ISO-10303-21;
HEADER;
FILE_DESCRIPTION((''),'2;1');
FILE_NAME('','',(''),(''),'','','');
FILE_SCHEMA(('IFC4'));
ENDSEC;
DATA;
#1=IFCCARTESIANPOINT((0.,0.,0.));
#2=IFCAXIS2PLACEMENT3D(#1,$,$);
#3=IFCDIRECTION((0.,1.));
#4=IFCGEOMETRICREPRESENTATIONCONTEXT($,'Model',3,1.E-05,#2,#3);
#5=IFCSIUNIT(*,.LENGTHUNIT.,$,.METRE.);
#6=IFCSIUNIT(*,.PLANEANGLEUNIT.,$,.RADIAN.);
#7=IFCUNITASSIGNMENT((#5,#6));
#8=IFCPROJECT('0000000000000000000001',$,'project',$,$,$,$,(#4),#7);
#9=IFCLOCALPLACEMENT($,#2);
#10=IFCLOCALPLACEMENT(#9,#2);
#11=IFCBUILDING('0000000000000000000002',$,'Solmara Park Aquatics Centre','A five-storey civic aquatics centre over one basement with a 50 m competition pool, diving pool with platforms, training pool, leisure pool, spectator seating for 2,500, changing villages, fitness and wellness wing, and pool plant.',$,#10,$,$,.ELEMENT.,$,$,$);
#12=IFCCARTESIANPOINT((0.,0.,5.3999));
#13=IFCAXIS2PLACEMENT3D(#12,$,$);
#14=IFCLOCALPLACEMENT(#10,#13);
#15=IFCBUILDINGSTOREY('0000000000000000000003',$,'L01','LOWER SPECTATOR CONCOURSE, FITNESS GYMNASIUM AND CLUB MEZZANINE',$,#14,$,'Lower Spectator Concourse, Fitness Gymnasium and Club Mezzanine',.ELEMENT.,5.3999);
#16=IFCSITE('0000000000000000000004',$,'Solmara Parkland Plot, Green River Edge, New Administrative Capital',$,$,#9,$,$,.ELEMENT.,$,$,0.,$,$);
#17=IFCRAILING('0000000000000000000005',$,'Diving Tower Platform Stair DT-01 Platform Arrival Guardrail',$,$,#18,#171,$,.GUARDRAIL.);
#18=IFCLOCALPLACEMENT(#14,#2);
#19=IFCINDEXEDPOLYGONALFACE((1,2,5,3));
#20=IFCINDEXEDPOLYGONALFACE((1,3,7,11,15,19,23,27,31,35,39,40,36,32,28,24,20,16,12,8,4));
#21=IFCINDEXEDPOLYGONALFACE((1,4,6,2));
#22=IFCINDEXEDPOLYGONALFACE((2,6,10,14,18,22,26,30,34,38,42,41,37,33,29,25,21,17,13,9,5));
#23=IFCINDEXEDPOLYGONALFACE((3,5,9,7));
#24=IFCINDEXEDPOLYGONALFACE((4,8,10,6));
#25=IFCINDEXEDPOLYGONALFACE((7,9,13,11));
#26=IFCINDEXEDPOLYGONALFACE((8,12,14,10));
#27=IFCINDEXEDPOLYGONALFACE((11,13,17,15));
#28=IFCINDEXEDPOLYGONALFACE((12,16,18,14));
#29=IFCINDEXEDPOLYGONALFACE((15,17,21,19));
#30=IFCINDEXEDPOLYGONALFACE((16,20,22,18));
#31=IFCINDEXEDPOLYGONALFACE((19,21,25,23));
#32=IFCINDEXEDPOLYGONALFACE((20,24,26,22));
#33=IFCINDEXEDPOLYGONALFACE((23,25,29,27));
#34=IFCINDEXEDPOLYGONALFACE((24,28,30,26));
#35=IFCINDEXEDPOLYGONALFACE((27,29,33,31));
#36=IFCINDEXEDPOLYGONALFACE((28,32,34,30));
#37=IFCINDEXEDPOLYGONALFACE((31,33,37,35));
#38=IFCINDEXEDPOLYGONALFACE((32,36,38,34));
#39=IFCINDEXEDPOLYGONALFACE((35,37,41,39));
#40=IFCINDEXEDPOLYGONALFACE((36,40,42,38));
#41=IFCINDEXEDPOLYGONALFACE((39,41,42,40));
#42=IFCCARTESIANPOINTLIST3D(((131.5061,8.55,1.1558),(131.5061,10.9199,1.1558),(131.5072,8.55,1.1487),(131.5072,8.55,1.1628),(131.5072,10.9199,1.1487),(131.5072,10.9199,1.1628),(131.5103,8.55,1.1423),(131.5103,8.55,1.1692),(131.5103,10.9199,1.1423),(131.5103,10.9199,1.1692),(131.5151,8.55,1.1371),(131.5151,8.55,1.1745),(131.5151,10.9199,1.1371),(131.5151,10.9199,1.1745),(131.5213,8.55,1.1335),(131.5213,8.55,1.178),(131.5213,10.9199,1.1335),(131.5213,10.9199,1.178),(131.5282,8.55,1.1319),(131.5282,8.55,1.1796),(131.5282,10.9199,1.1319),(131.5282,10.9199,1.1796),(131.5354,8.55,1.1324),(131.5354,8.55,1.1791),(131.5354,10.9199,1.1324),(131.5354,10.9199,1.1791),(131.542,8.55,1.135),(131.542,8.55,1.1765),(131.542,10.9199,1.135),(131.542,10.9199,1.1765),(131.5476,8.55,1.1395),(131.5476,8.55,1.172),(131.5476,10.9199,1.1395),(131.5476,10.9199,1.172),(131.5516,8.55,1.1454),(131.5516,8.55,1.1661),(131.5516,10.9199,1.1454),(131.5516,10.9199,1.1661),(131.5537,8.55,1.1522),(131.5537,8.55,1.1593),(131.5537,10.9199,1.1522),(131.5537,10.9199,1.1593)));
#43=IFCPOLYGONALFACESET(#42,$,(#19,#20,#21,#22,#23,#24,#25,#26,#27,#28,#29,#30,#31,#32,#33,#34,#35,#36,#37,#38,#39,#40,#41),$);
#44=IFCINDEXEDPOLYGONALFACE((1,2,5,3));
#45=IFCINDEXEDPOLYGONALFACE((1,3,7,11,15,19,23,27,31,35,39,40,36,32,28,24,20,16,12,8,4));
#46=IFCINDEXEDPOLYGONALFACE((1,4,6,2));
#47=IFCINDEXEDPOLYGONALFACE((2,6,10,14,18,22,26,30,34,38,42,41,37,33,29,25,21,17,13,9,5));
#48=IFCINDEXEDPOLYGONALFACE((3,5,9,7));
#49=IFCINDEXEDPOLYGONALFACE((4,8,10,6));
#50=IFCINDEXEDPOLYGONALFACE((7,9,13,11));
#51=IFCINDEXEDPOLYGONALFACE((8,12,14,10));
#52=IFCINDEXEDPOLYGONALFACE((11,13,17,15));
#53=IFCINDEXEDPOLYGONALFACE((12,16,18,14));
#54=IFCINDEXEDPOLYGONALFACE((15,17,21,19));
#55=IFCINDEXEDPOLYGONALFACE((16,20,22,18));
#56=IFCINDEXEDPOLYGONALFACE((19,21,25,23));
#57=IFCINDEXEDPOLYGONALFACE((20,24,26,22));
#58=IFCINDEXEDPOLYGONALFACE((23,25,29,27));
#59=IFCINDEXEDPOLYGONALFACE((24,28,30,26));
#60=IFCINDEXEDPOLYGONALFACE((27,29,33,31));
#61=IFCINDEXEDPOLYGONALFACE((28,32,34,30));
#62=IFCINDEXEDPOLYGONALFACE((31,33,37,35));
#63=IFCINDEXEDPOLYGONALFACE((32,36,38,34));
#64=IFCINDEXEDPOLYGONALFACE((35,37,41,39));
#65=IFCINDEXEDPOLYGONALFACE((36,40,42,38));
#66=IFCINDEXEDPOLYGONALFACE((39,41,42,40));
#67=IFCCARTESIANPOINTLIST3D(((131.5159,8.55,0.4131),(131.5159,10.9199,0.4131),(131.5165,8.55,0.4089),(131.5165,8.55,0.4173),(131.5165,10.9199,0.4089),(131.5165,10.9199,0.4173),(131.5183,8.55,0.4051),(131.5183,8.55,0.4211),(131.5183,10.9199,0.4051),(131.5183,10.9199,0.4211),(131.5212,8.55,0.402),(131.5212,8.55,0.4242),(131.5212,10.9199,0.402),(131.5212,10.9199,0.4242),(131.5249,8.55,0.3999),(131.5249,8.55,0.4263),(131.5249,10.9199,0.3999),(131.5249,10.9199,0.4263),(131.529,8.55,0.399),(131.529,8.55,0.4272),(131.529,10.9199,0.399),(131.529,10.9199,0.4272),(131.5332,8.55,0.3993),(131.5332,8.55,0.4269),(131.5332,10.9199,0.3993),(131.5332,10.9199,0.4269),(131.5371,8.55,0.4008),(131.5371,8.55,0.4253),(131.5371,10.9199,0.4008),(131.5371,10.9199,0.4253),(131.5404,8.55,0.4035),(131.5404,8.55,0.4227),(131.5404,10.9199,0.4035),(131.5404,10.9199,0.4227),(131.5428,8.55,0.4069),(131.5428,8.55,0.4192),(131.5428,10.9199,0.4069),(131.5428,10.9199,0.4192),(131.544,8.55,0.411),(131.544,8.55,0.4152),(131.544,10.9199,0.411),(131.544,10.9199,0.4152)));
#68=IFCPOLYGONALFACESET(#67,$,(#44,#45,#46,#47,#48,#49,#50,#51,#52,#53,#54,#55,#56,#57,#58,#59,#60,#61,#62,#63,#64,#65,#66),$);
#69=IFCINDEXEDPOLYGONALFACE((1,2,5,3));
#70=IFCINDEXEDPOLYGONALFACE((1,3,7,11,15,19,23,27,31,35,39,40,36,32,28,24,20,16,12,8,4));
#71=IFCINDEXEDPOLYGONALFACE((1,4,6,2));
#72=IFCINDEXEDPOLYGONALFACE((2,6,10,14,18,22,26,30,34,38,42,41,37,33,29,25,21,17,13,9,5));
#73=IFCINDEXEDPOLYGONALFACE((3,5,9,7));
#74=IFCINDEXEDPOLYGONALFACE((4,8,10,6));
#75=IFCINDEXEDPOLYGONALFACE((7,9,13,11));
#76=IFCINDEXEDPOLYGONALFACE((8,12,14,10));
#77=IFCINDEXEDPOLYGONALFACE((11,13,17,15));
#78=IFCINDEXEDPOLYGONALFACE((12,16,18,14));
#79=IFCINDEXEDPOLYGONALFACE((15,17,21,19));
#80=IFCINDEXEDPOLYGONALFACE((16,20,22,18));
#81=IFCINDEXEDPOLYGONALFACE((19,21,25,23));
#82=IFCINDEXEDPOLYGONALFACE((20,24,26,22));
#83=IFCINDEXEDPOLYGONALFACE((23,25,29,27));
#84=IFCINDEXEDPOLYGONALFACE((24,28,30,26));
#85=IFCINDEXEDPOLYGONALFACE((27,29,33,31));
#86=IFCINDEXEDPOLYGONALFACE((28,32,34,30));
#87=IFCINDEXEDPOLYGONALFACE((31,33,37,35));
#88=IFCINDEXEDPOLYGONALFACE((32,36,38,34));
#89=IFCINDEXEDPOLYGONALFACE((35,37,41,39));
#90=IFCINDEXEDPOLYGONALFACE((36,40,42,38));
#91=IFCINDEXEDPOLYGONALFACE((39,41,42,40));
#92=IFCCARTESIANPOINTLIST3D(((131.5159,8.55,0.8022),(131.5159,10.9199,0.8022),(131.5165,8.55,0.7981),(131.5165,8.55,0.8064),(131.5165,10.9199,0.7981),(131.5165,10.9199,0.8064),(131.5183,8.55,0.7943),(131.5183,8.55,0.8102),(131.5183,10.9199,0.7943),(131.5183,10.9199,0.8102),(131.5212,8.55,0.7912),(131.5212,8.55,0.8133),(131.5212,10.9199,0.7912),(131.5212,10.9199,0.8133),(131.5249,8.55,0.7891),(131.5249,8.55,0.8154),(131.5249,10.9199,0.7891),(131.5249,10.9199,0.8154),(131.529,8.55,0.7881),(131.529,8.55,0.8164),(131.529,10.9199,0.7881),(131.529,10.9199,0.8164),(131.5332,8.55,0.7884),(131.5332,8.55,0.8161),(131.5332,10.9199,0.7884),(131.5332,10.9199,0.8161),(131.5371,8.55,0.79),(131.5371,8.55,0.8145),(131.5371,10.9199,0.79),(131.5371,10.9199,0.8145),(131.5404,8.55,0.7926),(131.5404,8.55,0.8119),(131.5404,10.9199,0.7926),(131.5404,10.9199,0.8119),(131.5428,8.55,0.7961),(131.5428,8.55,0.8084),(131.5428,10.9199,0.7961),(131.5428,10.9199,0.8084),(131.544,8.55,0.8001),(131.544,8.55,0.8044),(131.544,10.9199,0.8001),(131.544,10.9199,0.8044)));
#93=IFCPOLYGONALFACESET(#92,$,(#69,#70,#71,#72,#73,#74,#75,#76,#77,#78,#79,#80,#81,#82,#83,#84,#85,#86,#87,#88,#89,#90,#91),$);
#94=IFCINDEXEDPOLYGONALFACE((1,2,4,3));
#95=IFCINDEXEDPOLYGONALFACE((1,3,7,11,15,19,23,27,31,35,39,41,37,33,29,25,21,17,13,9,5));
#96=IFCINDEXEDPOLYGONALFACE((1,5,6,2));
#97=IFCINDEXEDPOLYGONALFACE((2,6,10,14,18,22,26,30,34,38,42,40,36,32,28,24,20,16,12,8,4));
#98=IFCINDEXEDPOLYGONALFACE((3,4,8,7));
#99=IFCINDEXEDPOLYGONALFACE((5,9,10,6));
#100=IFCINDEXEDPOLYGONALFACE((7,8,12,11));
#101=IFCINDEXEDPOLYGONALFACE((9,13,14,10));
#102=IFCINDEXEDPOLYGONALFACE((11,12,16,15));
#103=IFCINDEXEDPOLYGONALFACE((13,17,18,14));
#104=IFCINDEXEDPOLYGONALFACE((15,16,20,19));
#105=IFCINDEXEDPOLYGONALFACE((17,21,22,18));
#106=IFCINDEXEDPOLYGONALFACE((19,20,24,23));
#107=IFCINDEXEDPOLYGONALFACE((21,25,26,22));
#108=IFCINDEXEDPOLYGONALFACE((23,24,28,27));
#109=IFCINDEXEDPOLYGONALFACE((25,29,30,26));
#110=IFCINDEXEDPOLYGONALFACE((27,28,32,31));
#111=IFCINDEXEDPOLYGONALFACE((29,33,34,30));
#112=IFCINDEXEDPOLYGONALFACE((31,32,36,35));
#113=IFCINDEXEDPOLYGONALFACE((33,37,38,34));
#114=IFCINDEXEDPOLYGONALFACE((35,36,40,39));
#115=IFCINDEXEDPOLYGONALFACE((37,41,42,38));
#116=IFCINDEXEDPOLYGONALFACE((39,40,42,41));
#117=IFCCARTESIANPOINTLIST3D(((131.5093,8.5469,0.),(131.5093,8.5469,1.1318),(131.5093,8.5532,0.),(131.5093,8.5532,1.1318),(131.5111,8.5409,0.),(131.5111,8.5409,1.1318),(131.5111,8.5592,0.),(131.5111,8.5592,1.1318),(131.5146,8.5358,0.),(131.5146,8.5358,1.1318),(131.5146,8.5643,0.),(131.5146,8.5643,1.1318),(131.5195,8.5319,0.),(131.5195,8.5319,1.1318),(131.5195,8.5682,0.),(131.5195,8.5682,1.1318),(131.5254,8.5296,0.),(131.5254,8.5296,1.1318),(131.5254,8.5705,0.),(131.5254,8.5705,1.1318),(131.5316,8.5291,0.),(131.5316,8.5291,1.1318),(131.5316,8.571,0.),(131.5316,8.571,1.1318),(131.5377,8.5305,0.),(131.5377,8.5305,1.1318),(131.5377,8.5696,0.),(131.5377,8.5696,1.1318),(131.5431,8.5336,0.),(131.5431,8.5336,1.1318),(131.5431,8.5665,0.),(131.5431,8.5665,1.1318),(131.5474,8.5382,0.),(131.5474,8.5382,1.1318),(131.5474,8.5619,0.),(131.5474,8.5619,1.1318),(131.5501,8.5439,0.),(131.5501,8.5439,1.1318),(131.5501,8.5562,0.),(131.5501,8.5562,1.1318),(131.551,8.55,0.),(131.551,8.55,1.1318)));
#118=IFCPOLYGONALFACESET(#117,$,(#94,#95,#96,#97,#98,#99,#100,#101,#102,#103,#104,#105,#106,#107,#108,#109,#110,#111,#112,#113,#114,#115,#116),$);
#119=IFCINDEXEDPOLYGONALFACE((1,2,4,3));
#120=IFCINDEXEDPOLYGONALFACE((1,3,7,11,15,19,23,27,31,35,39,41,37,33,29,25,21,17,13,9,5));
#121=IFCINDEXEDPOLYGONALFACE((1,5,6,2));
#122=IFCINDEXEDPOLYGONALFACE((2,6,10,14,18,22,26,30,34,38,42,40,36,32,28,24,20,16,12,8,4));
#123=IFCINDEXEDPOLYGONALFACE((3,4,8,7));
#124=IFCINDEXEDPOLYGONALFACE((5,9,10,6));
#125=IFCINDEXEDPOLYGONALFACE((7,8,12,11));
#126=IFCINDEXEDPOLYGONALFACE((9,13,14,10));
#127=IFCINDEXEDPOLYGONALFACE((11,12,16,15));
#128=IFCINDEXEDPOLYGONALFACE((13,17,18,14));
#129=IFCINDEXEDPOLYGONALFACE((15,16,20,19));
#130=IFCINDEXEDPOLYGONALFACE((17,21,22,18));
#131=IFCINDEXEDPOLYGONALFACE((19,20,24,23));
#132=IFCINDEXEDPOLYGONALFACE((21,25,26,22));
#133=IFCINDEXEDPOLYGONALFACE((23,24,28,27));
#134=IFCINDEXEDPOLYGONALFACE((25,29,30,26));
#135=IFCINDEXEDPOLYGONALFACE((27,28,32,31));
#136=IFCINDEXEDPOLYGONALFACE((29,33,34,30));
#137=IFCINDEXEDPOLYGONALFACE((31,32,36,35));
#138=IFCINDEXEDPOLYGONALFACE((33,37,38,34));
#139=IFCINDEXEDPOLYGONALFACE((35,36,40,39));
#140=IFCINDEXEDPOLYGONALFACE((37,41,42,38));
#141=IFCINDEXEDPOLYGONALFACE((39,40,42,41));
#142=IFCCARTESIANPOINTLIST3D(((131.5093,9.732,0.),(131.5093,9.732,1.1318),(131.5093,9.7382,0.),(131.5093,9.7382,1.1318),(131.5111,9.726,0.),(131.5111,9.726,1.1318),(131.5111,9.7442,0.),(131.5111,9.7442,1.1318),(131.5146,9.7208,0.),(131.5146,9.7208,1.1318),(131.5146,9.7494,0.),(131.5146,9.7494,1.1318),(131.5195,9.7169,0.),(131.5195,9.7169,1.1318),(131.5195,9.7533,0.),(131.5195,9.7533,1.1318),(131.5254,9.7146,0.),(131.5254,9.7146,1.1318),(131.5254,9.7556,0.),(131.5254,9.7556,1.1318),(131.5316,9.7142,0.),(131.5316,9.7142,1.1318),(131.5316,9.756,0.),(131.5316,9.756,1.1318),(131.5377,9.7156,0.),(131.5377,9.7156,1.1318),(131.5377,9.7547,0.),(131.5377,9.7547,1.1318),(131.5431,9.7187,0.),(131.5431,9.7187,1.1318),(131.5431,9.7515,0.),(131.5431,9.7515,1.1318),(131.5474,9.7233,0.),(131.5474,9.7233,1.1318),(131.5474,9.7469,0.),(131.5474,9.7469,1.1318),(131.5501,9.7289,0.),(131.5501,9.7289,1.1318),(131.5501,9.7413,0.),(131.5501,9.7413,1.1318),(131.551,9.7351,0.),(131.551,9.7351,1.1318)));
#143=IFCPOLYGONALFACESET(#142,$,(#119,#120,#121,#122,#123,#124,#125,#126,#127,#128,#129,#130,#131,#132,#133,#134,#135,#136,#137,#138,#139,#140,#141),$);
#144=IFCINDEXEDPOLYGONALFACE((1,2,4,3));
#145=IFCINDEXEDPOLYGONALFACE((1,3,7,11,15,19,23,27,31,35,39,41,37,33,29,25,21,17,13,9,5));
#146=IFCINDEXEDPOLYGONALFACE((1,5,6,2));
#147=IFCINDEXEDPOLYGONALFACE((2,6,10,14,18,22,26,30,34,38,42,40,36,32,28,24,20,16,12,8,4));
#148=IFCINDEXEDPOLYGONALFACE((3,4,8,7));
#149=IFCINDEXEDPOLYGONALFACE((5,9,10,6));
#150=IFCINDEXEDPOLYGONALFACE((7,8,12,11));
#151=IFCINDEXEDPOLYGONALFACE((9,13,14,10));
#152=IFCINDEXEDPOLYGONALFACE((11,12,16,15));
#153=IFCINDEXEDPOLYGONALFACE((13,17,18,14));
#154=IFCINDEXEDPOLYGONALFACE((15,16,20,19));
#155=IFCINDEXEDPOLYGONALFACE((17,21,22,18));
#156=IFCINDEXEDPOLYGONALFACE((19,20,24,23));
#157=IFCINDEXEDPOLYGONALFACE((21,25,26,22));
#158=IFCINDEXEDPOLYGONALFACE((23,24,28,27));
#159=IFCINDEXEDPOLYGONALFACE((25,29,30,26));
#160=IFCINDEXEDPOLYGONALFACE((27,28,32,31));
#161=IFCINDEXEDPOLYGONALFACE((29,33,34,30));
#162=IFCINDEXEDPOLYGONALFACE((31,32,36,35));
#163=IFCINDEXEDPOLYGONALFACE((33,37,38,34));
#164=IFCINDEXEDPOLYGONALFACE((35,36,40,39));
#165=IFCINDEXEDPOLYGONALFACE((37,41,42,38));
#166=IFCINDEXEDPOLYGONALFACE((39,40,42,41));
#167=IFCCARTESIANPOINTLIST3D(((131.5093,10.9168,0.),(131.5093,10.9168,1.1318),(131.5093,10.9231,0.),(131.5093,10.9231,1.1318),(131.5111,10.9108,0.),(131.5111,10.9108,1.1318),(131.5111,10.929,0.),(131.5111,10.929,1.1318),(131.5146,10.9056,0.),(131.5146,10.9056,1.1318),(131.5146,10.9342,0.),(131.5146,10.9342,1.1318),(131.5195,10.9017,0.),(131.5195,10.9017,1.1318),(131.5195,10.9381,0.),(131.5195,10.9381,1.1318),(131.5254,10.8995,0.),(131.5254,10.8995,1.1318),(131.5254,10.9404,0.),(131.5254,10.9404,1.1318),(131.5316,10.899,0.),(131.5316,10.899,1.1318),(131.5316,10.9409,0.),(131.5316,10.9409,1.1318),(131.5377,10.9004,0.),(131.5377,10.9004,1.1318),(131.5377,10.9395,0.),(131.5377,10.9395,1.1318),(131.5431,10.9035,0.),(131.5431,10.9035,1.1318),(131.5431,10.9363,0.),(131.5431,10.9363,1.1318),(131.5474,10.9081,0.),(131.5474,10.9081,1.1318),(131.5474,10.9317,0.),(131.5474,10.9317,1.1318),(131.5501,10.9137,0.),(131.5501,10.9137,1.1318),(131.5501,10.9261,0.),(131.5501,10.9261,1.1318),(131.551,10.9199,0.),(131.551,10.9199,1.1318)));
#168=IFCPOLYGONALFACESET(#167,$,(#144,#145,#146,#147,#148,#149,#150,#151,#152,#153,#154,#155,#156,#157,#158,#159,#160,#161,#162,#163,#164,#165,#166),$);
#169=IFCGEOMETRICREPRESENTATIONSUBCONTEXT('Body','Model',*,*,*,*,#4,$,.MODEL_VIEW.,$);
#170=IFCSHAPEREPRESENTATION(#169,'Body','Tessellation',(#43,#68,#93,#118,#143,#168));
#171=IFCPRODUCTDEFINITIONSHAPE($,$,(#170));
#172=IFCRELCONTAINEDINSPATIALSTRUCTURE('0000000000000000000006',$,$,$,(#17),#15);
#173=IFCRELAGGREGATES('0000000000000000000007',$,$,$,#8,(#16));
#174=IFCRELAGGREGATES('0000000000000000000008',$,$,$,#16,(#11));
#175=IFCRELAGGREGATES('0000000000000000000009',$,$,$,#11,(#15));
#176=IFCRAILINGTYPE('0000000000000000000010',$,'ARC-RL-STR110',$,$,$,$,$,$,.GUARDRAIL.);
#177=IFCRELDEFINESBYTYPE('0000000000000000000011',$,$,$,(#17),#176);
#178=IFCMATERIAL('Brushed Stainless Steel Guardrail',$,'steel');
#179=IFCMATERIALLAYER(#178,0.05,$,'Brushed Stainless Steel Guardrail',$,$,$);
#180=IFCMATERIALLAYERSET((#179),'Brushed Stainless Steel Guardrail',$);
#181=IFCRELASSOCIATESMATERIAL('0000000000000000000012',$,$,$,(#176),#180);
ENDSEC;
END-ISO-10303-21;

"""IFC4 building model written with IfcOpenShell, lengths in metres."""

from ifc_helpers import new_model, si_unit, direction, frame, origin, origin_2d, place, context, subcontext, project, spatial, circle, extrude, material, layer, layer_set, type_object, element, save


model = new_model("IFC4")

# Units and contexts
model_context = context("Model", 3, precision=1e-05, world=origin(), true_north=direction((0.0, 1.0)))
body_context = subcontext(model_context, "Body", "Model", "MODEL_VIEW")
ifc_project = project(units=[si_unit("LENGTHUNIT", "METRE"), si_unit("PLANEANGLEUNIT", "RADIAN")], contexts=[model_context])

# Site, building, storey
site_placement = place(None, origin())
site = spatial("IfcSite", under=ifc_project, at=site_placement, Name="Solmara Parkland Plot, Green River Edge, New Administrative Capital", CompositionType="ELEMENT", RefElevation=0.0)
building_placement = place(site_placement, origin())
building = spatial("IfcBuilding", under=site, at=building_placement, Name="Solmara Park Aquatics Centre", Description="A five-storey civic aquatics centre over one basement with a 50 m competition pool, diving pool with platforms, training pool, leisure pool, spectator seating for 2,500, changing villages, fitness and wellness wing, and pool plant.", CompositionType="ELEMENT")
storey_placement = place(building_placement, frame((0.0, 0.0, 5.3999)))
storey = spatial("IfcBuildingStorey", under=building, at=storey_placement, Name="L01", Description="LOWER SPECTATOR CONCOURSE, FITNESS GYMNASIUM AND CLUB MEZZANINE", LongName="Lower Spectator Concourse, Fitness Gymnasium and Club Mezzanine", CompositionType="ELEMENT", Elevation=5.3999)

# Railing
ifc_material_1 = material(Name="Brushed Stainless Steel Guardrail", Category="steel")
ifc_layer_1 = layer(ifc_material_1, 0.05, Name="Brushed Stainless Steel Guardrail")
ifc_layer_set_1 = layer_set([ifc_layer_1], Name="Brushed Stainless Steel Guardrail")
railing_type_1 = type_object("IfcRailingType", Name="ARC-RL-STR110", PredefinedType="GUARDRAIL", material=ifc_layer_set_1)
railing_1_placement = place(storey_placement, frame((131.53, 8.55, 0.0)))
element("IfcRailing", 1, at=railing_1_placement, inside=storey, type_object=railing_type_1, Name="Diving Tower Platform Stair DT-01 Platform Arrival Guardrail", PredefinedType="GUARDRAIL", context=body_context, shape_type="SweptSolid", body=[
    extrude(circle(Radius=0.0239, at=origin_2d()), frame((0.0, 0.0, 1.1558), z_axis=(0.0, 1.0, 0.0), x_axis=(-1.0, 0.0, 0.0)), (0.0, 0.0, 1.0), 2.3699),
    extrude(circle(Radius=0.0142, at=origin_2d()), frame((0.0, 0.0, 0.4131), z_axis=(0.0, 1.0, 0.0), x_axis=(-1.0, 0.0, 0.0)), (0.0, 0.0, 1.0), 2.3699),
    extrude(circle(Radius=0.0142, at=origin_2d()), frame((0.0, 0.0, 0.8022), z_axis=(0.0, 1.0, 0.0), x_axis=(-1.0, 0.0, 0.0)), (0.0, 0.0, 1.0), 2.3699),
    extrude(circle(Radius=0.021, at=origin_2d()), origin(), (0.0, 0.0, 1.0), 1.1318),
    extrude(circle(Radius=0.021, at=origin_2d()), frame((0.0, 1.1851, 0.0)), (0.0, 0.0, 1.0), 1.1318),
    extrude(circle(Radius=0.021, at=origin_2d()), frame((0.0, 2.3699, 0.0)), (0.0, 0.0, 1.0), 1.1318),
])

save(model, "model.ifc")
